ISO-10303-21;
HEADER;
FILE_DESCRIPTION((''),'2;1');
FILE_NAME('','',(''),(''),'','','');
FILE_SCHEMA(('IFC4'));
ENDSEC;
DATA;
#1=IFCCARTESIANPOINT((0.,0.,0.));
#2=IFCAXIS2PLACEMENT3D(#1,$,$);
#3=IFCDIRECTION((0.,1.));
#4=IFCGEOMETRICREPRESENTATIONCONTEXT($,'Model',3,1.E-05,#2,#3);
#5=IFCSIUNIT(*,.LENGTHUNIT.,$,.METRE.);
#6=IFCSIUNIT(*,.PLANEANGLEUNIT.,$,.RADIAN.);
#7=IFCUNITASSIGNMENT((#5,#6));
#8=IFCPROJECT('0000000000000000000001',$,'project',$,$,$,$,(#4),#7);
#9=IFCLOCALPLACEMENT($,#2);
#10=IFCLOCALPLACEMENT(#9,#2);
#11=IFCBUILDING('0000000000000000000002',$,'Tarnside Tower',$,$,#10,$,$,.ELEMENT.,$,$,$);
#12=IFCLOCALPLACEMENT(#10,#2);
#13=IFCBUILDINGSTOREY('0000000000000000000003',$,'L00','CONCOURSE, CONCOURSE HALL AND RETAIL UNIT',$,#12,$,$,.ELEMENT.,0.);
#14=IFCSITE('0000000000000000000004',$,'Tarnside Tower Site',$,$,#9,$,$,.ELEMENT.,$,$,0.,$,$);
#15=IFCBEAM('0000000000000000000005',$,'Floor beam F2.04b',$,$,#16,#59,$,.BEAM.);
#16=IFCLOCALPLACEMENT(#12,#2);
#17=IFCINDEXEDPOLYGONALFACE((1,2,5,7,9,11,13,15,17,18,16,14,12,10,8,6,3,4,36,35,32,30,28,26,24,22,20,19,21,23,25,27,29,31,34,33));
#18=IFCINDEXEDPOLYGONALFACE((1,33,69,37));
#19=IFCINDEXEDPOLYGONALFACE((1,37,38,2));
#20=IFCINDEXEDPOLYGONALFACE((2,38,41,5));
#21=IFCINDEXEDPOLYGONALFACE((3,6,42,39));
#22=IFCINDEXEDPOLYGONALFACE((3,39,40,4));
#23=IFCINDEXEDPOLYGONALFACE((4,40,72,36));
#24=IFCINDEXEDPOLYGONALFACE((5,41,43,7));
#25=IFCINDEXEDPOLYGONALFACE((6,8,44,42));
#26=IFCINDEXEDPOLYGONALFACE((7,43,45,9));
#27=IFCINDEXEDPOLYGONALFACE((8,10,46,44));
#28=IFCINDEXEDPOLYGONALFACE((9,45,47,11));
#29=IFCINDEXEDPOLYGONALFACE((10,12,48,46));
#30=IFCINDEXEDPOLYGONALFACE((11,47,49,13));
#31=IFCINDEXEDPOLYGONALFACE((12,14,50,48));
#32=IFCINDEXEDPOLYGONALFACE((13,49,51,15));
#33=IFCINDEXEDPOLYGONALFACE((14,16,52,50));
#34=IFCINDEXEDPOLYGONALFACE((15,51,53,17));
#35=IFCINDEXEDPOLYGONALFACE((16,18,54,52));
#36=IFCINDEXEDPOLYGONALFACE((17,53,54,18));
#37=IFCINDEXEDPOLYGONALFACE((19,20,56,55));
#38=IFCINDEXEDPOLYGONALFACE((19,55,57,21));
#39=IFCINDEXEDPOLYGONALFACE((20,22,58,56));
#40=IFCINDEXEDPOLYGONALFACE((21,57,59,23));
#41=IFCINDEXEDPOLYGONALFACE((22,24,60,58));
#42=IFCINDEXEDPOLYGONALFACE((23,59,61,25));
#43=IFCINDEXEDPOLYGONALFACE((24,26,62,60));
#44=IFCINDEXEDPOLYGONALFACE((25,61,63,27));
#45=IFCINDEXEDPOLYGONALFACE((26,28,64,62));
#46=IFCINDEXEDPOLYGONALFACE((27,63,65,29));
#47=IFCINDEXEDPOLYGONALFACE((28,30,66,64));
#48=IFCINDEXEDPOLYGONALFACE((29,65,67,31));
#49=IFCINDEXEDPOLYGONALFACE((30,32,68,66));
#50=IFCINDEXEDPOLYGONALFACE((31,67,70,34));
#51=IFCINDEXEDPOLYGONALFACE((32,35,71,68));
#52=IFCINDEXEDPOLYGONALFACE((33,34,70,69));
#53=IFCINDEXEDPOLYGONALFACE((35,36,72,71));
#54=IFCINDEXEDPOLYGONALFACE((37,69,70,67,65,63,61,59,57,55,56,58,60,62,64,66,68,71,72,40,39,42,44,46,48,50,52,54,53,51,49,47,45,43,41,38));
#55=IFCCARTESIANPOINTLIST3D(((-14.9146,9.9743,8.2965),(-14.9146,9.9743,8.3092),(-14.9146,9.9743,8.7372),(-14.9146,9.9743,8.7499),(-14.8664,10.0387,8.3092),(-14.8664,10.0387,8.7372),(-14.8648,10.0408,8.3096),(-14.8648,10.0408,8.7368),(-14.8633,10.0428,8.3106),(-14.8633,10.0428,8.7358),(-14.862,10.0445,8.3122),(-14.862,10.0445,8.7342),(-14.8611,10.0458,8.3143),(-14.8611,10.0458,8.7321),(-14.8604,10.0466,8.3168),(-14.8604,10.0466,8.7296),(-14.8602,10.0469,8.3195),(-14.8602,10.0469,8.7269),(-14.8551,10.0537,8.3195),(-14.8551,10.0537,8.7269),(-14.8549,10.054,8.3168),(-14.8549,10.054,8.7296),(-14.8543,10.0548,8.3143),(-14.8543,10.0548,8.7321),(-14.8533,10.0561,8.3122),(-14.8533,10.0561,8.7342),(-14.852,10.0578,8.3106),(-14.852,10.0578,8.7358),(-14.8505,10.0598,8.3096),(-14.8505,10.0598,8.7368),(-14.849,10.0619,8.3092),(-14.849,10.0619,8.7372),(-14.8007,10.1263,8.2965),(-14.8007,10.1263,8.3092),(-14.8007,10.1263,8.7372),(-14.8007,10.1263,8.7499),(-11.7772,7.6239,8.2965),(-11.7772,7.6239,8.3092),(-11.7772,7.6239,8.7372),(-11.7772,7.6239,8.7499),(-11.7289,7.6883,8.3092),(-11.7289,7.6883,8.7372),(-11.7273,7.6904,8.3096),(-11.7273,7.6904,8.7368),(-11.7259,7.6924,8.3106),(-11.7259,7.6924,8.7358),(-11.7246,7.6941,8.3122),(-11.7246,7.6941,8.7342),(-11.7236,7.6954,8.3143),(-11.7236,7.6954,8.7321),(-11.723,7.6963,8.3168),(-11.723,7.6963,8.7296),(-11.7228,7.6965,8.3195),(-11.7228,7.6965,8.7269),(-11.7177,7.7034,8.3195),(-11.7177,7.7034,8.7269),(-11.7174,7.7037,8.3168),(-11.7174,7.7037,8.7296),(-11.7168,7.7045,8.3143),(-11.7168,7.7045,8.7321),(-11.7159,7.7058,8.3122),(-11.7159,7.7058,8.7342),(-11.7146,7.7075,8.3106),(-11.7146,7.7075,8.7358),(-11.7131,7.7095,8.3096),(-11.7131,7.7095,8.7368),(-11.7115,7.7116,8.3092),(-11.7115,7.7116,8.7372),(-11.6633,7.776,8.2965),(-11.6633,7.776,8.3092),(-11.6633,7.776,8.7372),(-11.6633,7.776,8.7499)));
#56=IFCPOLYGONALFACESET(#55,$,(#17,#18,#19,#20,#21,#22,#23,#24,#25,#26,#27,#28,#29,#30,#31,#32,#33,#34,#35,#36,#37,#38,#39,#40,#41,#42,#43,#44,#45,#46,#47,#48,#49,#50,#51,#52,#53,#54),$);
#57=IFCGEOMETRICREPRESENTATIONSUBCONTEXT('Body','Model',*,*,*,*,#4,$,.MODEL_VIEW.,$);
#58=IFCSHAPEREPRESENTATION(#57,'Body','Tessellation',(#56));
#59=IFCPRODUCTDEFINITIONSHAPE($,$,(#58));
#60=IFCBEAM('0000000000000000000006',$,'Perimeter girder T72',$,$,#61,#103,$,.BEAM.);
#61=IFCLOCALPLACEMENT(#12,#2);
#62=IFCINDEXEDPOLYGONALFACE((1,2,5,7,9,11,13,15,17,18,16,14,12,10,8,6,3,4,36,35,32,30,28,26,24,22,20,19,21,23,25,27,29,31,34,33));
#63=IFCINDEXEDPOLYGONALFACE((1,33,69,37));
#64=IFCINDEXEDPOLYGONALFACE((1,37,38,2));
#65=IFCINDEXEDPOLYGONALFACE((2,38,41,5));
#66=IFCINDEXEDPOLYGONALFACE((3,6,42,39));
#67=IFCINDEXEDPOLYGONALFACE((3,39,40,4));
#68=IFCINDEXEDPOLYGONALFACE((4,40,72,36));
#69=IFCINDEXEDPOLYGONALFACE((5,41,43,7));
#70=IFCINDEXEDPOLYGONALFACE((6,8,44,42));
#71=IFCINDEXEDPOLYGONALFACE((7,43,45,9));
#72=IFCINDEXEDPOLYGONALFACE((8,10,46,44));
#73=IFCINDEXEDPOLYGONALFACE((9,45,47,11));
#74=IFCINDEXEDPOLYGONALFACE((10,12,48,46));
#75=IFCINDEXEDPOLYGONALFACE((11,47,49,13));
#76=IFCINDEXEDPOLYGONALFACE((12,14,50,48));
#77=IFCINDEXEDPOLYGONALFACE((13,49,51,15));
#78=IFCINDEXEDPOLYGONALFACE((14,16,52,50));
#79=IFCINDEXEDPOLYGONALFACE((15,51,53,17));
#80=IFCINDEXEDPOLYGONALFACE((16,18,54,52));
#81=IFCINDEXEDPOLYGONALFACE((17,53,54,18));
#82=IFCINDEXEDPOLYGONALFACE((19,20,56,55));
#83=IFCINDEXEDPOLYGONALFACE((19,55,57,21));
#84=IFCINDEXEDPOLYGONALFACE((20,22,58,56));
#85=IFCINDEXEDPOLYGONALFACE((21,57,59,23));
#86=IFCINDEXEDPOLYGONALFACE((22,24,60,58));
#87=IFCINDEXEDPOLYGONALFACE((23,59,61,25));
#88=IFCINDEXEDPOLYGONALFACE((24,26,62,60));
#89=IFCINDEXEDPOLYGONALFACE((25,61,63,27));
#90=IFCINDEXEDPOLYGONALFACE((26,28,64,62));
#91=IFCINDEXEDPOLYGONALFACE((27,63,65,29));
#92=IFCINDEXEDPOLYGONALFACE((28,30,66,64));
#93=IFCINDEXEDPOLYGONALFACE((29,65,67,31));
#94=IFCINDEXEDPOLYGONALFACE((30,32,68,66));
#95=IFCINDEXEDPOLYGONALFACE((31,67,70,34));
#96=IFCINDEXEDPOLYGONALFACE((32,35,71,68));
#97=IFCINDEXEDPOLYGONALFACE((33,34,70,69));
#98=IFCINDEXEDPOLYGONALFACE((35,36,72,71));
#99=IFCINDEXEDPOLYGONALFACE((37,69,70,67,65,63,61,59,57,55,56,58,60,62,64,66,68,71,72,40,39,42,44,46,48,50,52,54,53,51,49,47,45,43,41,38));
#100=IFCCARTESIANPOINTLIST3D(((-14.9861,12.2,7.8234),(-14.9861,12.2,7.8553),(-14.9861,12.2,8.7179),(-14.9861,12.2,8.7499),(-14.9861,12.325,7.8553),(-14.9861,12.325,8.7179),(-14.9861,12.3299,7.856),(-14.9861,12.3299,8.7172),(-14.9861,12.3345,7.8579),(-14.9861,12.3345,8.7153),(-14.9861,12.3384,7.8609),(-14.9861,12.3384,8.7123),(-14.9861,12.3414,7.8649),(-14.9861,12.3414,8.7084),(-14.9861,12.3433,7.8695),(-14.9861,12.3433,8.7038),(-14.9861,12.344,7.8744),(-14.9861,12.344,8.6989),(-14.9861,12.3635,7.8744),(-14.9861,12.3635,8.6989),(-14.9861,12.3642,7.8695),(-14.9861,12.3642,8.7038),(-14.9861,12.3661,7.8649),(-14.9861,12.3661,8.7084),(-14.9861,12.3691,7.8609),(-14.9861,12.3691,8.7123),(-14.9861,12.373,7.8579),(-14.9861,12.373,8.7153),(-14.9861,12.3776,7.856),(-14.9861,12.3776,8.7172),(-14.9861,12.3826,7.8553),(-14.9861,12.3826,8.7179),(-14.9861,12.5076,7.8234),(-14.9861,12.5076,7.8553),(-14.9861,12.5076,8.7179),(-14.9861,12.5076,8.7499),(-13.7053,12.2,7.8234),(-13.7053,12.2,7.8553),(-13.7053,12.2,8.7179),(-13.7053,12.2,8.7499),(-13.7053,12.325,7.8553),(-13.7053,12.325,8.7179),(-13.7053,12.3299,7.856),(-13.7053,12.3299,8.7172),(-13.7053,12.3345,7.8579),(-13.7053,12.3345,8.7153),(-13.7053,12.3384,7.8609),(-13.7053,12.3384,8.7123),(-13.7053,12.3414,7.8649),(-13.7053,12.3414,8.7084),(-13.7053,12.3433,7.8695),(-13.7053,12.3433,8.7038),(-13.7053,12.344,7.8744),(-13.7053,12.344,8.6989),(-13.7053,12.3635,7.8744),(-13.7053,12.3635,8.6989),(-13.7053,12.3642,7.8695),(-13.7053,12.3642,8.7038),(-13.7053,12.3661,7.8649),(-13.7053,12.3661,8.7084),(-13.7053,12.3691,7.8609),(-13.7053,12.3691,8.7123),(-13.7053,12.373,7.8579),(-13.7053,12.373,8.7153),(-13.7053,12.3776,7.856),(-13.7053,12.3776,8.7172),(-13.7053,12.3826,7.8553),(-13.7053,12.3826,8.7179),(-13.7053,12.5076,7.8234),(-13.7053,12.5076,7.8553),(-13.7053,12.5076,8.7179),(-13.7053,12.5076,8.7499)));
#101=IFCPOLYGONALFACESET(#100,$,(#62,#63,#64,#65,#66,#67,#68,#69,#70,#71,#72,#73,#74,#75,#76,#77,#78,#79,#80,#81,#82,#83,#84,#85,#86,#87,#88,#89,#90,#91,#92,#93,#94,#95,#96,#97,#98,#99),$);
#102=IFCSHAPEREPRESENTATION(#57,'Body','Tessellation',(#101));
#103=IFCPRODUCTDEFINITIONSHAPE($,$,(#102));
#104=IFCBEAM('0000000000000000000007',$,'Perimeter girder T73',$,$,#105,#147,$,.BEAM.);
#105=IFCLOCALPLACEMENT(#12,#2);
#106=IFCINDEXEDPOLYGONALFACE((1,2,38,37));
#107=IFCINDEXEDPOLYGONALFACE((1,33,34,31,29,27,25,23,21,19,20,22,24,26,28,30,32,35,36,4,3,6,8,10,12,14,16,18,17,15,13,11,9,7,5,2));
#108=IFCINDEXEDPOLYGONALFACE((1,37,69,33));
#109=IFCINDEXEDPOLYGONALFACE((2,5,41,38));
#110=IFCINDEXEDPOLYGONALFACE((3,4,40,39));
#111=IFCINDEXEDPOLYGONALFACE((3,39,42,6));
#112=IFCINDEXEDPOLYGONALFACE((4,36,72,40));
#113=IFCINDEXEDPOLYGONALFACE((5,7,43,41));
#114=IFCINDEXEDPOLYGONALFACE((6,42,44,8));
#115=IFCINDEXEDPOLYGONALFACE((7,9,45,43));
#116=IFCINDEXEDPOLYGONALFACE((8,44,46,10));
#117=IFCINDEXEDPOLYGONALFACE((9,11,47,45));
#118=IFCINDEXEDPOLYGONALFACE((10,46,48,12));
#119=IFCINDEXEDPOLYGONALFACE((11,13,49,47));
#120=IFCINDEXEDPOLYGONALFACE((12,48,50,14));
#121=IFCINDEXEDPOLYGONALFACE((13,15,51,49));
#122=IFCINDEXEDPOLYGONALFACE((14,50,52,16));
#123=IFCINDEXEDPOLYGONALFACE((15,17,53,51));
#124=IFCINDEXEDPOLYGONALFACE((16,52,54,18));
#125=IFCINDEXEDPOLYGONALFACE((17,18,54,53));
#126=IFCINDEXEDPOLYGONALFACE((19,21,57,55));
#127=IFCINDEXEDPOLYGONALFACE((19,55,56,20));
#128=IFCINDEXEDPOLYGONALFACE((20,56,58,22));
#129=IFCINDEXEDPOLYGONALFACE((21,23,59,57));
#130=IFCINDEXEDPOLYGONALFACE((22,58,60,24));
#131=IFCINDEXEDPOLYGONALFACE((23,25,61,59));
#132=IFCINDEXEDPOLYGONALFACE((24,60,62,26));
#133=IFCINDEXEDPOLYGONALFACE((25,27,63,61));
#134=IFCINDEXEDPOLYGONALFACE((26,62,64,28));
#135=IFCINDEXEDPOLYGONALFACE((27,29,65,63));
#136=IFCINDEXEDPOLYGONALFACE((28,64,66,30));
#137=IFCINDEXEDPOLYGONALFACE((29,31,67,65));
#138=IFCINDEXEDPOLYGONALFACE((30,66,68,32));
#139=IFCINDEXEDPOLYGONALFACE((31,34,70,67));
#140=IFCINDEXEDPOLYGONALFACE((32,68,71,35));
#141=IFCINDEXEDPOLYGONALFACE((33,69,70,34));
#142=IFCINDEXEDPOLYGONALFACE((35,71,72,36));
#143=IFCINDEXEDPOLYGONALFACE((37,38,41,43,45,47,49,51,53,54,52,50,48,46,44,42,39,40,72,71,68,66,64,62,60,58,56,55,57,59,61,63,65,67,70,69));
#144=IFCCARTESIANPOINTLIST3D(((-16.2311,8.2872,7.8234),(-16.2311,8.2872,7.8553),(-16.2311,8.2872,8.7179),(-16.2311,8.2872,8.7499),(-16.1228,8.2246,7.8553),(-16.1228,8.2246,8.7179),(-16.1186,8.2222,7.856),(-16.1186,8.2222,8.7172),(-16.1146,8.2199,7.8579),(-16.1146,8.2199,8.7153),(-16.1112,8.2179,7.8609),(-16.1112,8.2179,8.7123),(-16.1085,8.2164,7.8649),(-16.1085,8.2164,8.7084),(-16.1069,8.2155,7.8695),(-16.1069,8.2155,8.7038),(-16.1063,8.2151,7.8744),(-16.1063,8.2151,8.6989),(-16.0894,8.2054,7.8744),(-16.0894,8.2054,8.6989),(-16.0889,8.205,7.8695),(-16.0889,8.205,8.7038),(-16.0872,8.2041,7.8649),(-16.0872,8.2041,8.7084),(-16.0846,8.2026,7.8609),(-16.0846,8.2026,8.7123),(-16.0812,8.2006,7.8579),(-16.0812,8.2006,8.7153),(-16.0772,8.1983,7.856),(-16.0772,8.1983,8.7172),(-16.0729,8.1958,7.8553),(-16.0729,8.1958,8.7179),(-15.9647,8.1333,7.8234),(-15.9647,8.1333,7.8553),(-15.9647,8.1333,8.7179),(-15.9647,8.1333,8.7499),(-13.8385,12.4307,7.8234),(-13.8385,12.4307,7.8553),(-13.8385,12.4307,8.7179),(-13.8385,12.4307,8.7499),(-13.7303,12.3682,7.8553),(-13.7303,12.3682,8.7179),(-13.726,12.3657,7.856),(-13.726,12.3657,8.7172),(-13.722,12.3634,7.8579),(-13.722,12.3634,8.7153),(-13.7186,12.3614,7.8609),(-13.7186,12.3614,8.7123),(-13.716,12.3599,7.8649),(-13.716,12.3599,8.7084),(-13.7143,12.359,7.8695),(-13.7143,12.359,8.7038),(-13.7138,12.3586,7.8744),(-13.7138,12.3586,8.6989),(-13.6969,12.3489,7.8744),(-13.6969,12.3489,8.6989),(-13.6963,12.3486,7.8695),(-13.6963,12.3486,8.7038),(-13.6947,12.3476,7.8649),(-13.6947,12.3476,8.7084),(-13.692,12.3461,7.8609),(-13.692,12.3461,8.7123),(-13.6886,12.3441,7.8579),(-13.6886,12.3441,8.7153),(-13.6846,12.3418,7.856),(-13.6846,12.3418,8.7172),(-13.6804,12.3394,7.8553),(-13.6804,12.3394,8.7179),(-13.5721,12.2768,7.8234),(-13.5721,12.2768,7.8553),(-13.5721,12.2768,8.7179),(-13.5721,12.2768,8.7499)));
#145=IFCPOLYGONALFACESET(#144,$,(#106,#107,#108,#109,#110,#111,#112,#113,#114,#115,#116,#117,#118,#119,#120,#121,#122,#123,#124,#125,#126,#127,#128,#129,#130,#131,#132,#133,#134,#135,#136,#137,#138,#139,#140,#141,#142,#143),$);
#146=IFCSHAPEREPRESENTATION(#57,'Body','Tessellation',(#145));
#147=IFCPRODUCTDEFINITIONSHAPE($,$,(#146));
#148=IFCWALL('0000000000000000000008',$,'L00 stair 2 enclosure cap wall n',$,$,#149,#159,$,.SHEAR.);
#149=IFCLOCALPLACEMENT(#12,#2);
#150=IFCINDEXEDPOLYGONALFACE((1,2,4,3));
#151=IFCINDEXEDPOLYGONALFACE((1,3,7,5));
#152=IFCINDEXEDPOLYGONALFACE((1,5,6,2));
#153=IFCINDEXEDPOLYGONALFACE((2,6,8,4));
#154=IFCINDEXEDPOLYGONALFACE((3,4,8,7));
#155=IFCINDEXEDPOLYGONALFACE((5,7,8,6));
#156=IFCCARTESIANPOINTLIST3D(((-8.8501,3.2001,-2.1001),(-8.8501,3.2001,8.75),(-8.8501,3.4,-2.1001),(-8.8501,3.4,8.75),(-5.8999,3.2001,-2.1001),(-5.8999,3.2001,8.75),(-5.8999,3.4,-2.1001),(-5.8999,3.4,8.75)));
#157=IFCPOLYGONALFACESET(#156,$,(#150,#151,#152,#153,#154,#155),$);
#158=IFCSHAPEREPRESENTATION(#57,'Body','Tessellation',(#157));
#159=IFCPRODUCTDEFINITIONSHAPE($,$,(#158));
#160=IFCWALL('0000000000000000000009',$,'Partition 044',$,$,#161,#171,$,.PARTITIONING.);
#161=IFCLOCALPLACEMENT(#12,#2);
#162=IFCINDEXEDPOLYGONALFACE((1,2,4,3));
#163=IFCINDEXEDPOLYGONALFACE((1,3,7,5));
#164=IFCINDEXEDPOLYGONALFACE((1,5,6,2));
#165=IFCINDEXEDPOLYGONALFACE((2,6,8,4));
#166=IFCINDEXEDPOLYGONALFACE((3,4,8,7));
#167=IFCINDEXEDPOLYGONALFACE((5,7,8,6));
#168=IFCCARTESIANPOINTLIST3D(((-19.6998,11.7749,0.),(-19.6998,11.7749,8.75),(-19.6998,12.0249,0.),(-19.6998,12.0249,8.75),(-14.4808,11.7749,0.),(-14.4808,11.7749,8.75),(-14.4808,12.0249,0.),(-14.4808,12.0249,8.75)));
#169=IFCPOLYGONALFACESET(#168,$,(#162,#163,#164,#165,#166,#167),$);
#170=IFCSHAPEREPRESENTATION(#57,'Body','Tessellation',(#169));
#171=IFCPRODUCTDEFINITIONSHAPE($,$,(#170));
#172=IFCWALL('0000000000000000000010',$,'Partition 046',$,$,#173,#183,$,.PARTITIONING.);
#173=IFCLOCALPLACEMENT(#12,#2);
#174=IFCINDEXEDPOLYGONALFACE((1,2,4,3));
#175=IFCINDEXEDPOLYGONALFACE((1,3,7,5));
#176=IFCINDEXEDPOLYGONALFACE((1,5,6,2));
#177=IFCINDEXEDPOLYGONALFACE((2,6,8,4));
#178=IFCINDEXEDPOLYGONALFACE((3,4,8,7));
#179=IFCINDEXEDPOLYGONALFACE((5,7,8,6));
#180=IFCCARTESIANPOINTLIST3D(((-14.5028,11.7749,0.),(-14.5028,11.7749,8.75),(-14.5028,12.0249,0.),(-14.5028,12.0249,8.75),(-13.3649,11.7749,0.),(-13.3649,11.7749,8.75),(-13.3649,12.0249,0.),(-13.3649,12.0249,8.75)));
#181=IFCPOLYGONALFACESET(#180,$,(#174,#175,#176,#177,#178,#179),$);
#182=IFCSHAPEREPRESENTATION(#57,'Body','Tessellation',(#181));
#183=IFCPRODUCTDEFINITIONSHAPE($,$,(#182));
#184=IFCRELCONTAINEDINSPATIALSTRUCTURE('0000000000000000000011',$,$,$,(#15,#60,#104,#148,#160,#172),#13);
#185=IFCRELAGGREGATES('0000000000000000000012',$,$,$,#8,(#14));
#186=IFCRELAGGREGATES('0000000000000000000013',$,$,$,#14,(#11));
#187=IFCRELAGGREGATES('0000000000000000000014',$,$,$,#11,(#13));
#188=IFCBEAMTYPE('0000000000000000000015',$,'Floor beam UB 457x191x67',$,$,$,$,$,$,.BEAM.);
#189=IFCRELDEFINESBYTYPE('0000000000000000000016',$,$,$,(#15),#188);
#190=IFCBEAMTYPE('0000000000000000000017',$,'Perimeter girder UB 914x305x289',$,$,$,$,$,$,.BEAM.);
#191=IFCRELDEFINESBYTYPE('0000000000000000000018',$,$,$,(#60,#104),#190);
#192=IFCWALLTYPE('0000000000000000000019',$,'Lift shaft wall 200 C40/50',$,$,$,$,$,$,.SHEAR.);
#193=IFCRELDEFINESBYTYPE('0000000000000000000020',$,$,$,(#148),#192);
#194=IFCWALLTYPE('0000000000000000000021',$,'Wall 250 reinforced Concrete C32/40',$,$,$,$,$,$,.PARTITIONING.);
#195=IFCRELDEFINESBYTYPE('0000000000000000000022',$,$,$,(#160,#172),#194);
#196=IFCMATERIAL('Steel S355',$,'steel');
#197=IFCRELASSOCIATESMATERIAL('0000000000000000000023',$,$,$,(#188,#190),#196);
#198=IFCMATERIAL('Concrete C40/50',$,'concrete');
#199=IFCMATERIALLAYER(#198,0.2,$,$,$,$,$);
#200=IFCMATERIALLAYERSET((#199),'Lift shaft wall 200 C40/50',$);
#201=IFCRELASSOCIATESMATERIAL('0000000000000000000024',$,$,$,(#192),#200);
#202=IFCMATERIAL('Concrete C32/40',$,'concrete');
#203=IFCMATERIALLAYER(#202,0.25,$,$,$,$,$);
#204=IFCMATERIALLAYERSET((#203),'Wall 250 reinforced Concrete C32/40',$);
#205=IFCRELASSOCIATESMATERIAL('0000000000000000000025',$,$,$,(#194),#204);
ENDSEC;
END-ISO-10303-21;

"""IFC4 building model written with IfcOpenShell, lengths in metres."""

from ifc_helpers import new_model, si_unit, direction, frame, frame_2d, origin, origin_2d, place, context, subcontext, project, spatial, rectangle, i_section, extrude, material, layer, layer_set, material_profile, profile_set, type_object, element, save


model = new_model("IFC4")

# Units and contexts
model_context = context("Model", 3, precision=1e-05, world=origin(), true_north=direction((0.0, 1.0)))
body_context = subcontext(model_context, "Body", "Model", "MODEL_VIEW")
ifc_project = project(units=[si_unit("LENGTHUNIT", "METRE"), si_unit("PLANEANGLEUNIT", "RADIAN")], contexts=[model_context])

# Site, building, storey
site_placement = place(None, origin())
site = spatial("IfcSite", under=ifc_project, at=site_placement, Name="Tarnside Tower Site", CompositionType="ELEMENT", RefElevation=0.0)
building_placement = place(site_placement, origin())
building = spatial("IfcBuilding", under=site, at=building_placement, Name="Tarnside Tower", CompositionType="ELEMENT")
storey_placement = place(building_placement, origin())
storey = spatial("IfcBuildingStorey", under=building, at=storey_placement, Name="L00", Description="CONCOURSE, CONCOURSE HALL AND RETAIL UNIT", CompositionType="ELEMENT", Elevation=0.0)

# Beams
ifc_material_1 = material(Name="Steel S355", Category="steel")
ifc_material_profile_1 = material_profile(ifc_material_1, i_section(OverallWidth=0.1899, OverallDepth=0.4534, WebThickness=0.0085, FlangeThickness=0.0127, FilletRadius=0.0103, at=origin_2d()), Name="UB 457x191x67")
ifc_profile_set_1 = profile_set([ifc_material_profile_1], Name="Steel S355")
beam_type_1 = type_object("IfcBeamType", Name="Floor beam UB 457x191x67", PredefinedType="BEAM", material=ifc_profile_set_1)
beam_1_placement = place(storey_placement, frame((-14.8577, 10.0503, 8.5232), z_axis=(0.800336, -0.599552, 0.0), x_axis=(0.599552, 0.800336, 0.0)))
element("IfcBeam", 1, at=beam_1_placement, inside=storey, type_object=beam_type_1, Name="Floor beam F2.04b", PredefinedType="BEAM", context=body_context, shape_type="SweptSolid", body=[
    extrude(i_section(OverallWidth=0.1899, OverallDepth=0.4534, WebThickness=0.0085, FlangeThickness=0.0127, FilletRadius=0.0103, at=origin_2d()), origin(), (0.0, 0.0, 1.0), 3.9202),
])
ifc_material_profile_2 = material_profile(ifc_material_1, i_section(OverallWidth=0.3076, OverallDepth=0.9265, WebThickness=0.0195, FlangeThickness=0.032, FilletRadius=0.019, at=origin_2d()), Name="UB 914x305x289")
ifc_profile_set_2 = profile_set([ifc_material_profile_2], Name="Steel S355")
beam_type_2 = type_object("IfcBeamType", Name="Perimeter girder UB 914x305x289", PredefinedType="BEAM", material=ifc_profile_set_2)
beam_2_placement = place(storey_placement, frame((-14.9861, 12.3538, 8.2866), z_axis=(1.0, 0.0, 0.0), x_axis=(0.0, 1.0, 0.0)))
element("IfcBeam", 2, at=beam_2_placement, inside=storey, type_object=beam_type_2, Name="Perimeter girder T72", PredefinedType="BEAM", context=body_context, shape_type="SweptSolid", body=[
    extrude(i_section(OverallWidth=0.3076, OverallDepth=0.9265, WebThickness=0.0195, FlangeThickness=0.032, FilletRadius=0.019, at=origin_2d()), origin(), (0.0, 0.0, 1.0), 1.2808),
])
beam_3_placement = place(storey_placement, frame((-13.7053, 12.3538, 8.2866), z_axis=(-0.500046, -0.865999, 0.0), x_axis=(0.865999, -0.500046, 0.0)))
element("IfcBeam", 3, at=beam_3_placement, inside=storey, type_object=beam_type_2, Name="Perimeter girder T73", PredefinedType="BEAM", context=body_context, shape_type="SweptSolid", body=[
    extrude(i_section(OverallWidth=0.3076, OverallDepth=0.9265, WebThickness=0.0195, FlangeThickness=0.032, FilletRadius=0.019, at=origin_2d()), origin(), (0.0, 0.0, 1.0), 4.7847),
])

# Walls
ifc_material_2 = material(Name="Concrete C40/50", Category="concrete")
ifc_layer_1 = layer(ifc_material_2, 0.2)
ifc_layer_set_1 = layer_set([ifc_layer_1], Name="Lift shaft wall 200 C40/50")
wall_type_1 = type_object("IfcWallType", Name="Lift shaft wall 200 C40/50", PredefinedType="SHEAR", material=ifc_layer_set_1)
wall_1_placement = place(storey_placement, frame((-8.8501, 3.3, -2.1001), z_axis=(0.0, 0.0, 1.0), x_axis=(1.0, 0.0, 0.0)))
element("IfcWall", 4, at=wall_1_placement, inside=storey, type_object=wall_type_1, Name="L00 stair 2 enclosure cap wall n", PredefinedType="SHEAR", context=body_context, shape_type="SweptSolid", body=[
    extrude(rectangle(XDim=2.9502, YDim=0.2, at=frame_2d((1.4751, 0.0))), origin(), (0.0, 0.0, 1.0), 10.8501),
])
ifc_material_3 = material(Name="Concrete C32/40", Category="concrete")
ifc_layer_2 = layer(ifc_material_3, 0.25)
ifc_layer_set_2 = layer_set([ifc_layer_2], Name="Wall 250 reinforced Concrete C32/40")
wall_type_2 = type_object("IfcWallType", Name="Wall 250 reinforced Concrete C32/40", PredefinedType="PARTITIONING", material=ifc_layer_set_2)
wall_2_placement = place(storey_placement, frame((-14.481, 11.8999, 0.0), z_axis=(0.0, 0.0, 1.0), x_axis=(-1.0, 0.0, 0.0)))
element("IfcWall", 5, at=wall_2_placement, inside=storey, type_object=wall_type_2, Name="Partition 044", PredefinedType="PARTITIONING", context=body_context, shape_type="SweptSolid", body=[
    extrude(rectangle(XDim=5.219, YDim=0.25, at=frame_2d((2.6094, 0.0))), origin(), (0.0, 0.0, 1.0), 8.75),
])
wall_3_placement = place(storey_placement, frame((-13.365, 11.8999, 0.0), z_axis=(0.0, 0.0, 1.0), x_axis=(-1.0, 0.0, 0.0)))
element("IfcWall", 6, at=wall_3_placement, inside=storey, type_object=wall_type_2, Name="Partition 046", PredefinedType="PARTITIONING", context=body_context, shape_type="SweptSolid", body=[
    extrude(rectangle(XDim=1.1379, YDim=0.25, at=frame_2d((0.5688, 0.0))), origin(), (0.0, 0.0, 1.0), 8.75),
])

save(model, "model.ifc")
